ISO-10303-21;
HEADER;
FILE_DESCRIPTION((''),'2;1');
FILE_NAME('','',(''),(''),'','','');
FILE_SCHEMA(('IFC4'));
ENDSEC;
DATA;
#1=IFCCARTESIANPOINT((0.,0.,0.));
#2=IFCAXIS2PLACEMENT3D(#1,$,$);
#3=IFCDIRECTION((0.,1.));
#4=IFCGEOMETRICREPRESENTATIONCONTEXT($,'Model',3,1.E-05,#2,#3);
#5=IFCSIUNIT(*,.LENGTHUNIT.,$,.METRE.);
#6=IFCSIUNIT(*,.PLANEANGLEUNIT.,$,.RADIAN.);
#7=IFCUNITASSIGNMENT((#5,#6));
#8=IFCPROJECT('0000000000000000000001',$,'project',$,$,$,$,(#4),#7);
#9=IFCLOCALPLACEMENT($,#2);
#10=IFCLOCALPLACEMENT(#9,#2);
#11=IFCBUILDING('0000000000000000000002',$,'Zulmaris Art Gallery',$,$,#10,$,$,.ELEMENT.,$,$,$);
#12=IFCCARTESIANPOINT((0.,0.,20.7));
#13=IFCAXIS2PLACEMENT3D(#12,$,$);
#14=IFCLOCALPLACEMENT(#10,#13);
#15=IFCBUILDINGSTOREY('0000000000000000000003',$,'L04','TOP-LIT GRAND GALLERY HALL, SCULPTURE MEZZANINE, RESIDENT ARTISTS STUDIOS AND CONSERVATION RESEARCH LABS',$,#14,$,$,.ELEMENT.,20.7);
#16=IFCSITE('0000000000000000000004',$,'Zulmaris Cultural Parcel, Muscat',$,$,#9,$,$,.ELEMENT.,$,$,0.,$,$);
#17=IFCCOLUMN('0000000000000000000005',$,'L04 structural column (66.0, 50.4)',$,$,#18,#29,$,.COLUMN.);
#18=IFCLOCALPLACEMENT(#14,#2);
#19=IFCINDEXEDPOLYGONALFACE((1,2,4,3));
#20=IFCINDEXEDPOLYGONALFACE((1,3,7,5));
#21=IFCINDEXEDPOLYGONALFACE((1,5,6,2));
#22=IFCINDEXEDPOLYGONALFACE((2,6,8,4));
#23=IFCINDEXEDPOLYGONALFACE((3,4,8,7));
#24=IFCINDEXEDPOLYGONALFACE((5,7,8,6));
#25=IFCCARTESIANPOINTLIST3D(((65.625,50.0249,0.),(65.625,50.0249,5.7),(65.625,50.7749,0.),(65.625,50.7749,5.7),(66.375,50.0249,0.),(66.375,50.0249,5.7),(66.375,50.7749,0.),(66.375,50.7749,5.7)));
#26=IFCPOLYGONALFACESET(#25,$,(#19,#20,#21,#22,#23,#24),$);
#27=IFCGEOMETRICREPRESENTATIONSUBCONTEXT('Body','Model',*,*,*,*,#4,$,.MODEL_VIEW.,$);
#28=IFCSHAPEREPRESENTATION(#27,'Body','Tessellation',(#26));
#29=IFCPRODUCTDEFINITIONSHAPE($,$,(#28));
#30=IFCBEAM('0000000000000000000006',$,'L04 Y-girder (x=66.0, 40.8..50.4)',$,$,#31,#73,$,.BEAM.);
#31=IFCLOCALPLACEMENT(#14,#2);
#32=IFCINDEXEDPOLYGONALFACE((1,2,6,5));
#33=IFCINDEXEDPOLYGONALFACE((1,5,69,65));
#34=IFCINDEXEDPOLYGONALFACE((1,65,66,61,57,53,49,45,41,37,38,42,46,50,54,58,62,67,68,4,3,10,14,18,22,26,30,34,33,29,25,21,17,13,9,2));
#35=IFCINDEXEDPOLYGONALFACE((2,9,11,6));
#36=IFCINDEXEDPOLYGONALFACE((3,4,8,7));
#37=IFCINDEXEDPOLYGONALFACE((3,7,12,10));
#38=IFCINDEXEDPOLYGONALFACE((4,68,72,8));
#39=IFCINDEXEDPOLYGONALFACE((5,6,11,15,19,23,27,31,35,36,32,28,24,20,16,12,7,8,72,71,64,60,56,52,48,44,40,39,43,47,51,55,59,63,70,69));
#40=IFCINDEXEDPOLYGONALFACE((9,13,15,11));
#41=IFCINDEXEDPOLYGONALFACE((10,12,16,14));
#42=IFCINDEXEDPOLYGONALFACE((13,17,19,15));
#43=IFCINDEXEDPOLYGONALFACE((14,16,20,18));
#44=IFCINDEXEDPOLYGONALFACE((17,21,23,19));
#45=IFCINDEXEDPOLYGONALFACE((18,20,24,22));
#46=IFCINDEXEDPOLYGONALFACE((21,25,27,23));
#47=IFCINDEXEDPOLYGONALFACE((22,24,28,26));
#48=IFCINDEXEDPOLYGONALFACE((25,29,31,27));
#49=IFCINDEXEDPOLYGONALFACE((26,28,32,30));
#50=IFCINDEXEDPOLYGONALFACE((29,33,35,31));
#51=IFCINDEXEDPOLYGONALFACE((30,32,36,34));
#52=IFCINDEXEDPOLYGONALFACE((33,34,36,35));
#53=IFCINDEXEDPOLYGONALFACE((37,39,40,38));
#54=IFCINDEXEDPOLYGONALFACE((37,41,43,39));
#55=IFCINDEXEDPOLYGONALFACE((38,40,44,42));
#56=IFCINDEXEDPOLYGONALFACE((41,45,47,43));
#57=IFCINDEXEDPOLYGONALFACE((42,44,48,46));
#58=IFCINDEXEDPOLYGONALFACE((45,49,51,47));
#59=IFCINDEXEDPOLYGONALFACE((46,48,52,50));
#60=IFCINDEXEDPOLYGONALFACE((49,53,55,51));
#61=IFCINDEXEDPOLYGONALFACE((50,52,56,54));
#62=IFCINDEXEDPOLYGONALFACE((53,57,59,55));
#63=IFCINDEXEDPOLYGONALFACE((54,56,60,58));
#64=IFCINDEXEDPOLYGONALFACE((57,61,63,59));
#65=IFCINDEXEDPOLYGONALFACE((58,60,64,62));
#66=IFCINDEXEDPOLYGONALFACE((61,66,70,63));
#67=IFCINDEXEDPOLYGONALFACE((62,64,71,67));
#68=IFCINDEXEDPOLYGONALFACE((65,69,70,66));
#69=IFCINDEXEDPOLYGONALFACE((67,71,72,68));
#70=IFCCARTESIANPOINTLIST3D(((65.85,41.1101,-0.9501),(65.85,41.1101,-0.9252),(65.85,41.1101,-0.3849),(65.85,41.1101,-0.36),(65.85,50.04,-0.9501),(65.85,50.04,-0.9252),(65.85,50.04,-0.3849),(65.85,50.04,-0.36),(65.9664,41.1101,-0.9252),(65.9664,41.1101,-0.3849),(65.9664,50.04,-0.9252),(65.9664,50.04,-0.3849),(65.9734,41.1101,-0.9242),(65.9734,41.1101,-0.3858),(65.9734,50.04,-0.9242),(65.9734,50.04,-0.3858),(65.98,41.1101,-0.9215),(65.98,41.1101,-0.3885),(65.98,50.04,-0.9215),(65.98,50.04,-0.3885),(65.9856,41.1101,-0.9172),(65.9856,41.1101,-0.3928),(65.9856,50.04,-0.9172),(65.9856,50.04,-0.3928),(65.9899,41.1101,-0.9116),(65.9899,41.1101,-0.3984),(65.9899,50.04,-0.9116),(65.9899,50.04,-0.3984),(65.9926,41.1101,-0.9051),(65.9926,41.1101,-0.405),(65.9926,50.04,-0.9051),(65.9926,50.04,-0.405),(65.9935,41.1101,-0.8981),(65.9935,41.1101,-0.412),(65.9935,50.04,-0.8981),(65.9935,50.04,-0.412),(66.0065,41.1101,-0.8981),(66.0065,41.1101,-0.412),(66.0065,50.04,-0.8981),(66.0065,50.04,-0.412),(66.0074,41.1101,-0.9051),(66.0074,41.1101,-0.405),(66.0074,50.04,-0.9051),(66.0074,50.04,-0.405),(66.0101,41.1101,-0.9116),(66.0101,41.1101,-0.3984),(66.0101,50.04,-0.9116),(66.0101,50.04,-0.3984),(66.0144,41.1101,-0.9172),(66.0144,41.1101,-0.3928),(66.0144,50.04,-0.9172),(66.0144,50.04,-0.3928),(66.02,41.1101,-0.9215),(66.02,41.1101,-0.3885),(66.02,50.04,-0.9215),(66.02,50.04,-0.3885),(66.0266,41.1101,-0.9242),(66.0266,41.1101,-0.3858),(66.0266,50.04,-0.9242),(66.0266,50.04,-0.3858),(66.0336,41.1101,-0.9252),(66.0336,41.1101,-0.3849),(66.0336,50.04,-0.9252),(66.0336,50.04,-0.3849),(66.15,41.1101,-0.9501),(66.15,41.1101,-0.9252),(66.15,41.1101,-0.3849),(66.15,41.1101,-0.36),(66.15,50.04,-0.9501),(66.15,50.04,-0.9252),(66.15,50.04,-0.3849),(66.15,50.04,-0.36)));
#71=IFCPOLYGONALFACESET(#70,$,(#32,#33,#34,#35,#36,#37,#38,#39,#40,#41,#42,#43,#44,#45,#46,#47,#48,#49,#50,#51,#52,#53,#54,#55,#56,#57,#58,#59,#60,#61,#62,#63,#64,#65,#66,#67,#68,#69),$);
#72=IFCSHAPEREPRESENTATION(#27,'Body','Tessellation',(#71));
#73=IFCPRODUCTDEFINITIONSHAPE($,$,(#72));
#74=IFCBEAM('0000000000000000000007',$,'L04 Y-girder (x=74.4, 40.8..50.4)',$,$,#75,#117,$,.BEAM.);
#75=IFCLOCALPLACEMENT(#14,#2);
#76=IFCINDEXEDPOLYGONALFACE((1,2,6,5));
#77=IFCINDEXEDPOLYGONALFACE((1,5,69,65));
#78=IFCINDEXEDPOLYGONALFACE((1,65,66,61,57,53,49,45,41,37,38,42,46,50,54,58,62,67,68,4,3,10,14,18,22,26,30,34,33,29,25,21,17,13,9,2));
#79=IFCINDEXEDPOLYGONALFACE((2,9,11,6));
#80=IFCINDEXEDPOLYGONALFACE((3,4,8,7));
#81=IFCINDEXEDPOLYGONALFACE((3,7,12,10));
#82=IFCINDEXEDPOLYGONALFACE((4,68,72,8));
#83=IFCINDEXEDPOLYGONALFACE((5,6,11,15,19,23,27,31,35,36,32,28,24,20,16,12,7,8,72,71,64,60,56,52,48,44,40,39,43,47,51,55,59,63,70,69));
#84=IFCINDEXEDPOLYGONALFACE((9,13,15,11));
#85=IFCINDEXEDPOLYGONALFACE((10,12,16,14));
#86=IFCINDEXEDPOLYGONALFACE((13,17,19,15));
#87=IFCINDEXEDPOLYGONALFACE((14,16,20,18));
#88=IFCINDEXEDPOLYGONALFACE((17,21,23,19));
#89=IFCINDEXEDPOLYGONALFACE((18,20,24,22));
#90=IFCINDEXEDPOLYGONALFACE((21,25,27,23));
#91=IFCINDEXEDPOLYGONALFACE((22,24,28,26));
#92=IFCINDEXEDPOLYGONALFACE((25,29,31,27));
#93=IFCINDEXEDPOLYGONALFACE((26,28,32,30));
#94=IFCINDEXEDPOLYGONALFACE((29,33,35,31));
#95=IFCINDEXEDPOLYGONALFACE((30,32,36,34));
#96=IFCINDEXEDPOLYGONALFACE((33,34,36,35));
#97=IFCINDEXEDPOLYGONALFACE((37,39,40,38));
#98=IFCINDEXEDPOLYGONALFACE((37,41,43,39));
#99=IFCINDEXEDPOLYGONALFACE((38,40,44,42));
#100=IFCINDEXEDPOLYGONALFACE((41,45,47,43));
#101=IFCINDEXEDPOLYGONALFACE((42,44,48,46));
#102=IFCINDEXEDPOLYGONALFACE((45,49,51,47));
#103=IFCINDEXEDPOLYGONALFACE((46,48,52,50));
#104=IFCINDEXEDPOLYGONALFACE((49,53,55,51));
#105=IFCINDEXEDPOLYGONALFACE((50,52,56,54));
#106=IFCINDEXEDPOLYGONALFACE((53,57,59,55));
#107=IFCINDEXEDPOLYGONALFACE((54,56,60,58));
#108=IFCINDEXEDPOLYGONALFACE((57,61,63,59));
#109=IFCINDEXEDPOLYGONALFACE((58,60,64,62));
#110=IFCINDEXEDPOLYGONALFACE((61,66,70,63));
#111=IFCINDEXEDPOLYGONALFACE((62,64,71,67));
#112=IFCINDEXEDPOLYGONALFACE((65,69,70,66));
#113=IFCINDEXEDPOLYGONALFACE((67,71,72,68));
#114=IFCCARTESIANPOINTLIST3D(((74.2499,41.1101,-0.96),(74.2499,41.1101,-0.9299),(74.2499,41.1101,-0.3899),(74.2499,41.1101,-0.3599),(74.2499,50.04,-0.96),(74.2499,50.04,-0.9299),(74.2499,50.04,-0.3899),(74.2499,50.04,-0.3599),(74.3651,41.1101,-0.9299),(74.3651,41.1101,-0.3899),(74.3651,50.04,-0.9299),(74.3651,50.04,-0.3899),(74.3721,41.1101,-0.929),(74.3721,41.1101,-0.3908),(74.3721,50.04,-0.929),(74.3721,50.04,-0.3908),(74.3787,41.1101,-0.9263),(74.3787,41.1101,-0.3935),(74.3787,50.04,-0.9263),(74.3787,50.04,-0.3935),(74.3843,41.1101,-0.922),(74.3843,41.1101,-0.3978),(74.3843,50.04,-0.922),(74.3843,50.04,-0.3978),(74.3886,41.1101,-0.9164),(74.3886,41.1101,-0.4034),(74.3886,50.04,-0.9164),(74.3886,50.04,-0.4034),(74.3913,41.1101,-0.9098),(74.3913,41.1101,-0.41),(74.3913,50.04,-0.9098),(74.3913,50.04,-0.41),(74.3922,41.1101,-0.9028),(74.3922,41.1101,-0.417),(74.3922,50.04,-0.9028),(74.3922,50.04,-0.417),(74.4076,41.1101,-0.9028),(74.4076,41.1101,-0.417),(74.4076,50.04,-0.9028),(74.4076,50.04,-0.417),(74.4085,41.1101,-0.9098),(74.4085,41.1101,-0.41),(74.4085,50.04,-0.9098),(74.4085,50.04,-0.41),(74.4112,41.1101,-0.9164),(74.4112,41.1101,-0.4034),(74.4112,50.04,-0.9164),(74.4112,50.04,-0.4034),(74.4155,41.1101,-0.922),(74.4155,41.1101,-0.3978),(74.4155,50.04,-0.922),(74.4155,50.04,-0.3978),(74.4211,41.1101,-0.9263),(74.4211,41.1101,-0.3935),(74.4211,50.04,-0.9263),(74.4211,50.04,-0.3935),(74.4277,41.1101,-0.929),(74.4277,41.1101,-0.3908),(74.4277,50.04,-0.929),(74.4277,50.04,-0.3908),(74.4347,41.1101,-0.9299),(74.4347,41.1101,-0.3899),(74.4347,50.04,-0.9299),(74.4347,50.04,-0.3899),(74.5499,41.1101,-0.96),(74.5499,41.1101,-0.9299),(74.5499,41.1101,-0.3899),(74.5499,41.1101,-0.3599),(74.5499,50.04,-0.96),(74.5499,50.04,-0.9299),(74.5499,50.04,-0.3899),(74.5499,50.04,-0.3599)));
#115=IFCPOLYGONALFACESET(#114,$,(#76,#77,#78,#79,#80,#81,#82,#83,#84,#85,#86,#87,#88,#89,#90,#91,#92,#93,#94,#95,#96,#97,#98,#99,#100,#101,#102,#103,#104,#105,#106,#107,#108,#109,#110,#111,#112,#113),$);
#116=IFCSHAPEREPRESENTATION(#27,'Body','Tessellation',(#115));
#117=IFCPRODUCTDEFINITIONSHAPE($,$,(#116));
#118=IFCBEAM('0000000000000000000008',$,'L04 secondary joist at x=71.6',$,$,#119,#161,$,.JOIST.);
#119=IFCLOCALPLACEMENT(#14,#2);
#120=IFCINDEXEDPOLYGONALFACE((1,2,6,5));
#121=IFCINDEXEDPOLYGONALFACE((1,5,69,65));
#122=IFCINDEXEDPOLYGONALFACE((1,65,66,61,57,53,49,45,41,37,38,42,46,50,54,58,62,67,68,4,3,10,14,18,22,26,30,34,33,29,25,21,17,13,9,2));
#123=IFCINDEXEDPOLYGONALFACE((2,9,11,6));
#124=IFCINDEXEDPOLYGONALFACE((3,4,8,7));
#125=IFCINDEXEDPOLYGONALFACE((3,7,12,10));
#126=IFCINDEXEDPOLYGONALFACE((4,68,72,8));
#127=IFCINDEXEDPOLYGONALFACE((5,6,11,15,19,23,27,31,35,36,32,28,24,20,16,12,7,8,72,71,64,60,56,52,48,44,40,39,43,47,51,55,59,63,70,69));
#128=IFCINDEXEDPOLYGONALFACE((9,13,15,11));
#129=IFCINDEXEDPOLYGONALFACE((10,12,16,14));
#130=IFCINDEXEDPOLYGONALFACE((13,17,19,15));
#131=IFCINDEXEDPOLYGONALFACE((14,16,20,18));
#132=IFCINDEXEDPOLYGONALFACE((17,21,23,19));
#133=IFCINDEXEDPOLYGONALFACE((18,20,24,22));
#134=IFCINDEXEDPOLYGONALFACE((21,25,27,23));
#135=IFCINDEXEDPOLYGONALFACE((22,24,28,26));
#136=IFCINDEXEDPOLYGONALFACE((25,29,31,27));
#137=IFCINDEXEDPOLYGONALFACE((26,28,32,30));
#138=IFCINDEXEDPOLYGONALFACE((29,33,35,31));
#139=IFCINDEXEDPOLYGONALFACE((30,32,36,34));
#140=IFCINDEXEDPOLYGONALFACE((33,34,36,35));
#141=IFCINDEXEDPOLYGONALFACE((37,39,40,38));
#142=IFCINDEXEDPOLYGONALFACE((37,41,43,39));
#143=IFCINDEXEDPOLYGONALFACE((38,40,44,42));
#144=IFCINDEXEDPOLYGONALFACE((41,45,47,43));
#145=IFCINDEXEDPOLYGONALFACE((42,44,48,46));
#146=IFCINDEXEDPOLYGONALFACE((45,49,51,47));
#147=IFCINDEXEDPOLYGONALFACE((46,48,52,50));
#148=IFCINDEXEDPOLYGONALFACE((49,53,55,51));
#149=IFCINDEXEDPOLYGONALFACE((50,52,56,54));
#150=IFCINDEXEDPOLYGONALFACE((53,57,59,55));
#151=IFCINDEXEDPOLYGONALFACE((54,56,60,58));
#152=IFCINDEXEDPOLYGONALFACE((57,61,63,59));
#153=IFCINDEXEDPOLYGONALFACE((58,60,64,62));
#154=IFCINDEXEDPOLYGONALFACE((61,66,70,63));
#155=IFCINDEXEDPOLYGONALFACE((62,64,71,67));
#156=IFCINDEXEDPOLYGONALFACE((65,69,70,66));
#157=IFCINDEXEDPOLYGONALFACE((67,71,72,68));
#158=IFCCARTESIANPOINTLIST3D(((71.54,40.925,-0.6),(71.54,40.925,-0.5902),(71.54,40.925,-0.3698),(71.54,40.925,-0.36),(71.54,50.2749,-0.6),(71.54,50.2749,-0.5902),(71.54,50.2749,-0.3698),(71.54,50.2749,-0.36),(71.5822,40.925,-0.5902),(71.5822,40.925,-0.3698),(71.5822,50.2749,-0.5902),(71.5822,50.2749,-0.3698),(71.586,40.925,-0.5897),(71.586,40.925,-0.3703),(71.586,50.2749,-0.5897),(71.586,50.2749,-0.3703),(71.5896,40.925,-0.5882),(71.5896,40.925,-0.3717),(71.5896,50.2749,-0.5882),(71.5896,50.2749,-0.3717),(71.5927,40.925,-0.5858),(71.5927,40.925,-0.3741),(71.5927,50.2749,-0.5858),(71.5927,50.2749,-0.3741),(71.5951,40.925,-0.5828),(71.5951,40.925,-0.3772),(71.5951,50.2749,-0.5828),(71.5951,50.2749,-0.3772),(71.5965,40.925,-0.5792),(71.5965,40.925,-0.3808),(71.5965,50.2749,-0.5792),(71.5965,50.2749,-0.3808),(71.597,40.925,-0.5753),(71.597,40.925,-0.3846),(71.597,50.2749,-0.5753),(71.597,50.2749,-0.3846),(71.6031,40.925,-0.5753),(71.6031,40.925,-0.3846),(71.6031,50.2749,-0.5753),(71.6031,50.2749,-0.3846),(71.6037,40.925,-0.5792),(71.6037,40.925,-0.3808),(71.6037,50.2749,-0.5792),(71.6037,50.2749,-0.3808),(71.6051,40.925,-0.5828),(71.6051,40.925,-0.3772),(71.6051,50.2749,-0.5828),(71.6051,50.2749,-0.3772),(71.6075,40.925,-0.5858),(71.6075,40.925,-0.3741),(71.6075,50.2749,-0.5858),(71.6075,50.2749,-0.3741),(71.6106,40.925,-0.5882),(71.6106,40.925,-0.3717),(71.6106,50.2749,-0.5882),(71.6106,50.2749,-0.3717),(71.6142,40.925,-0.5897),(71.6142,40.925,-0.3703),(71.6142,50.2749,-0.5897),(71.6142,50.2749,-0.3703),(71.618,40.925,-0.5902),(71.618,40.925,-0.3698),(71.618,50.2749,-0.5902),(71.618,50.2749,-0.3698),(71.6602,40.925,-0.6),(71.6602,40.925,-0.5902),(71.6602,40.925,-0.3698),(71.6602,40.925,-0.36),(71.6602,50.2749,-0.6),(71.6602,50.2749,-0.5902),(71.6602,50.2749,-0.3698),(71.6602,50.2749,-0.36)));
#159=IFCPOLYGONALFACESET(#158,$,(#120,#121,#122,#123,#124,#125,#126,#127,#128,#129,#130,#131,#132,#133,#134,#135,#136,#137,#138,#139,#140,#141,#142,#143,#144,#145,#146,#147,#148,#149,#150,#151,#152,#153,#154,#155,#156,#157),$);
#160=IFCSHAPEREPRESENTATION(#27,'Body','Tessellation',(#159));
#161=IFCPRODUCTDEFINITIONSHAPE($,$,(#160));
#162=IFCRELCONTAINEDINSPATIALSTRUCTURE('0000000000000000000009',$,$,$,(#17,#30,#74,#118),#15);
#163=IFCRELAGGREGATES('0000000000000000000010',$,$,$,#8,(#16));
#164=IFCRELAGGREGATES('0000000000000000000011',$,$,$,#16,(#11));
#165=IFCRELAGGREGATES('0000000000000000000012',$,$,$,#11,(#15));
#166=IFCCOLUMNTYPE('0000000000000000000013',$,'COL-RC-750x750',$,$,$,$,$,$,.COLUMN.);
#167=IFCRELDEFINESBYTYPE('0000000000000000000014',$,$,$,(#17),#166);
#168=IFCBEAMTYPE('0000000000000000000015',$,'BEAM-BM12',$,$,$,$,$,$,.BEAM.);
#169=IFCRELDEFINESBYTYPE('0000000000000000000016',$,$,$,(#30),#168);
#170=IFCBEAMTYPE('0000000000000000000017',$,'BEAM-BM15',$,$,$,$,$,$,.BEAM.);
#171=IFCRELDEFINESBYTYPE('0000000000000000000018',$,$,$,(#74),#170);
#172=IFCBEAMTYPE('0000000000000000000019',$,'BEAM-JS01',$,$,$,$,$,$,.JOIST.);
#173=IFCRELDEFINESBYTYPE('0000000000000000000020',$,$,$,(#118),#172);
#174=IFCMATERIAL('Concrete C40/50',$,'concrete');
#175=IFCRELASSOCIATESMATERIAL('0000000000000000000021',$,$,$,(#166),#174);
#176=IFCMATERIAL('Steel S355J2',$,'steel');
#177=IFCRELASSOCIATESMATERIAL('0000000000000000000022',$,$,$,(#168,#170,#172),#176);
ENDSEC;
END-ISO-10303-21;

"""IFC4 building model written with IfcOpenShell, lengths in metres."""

from ifc_helpers import new_model, si_unit, direction, frame, origin, origin_2d, place, context, subcontext, project, spatial, rectangle, i_section, extrude, material, material_profile, profile_set, type_object, element, save


model = new_model("IFC4")

# Units and contexts
model_context = context("Model", 3, precision=1e-05, world=origin(), true_north=direction((0.0, 1.0)))
body_context = subcontext(model_context, "Body", "Model", "MODEL_VIEW")
ifc_project = project(units=[si_unit("LENGTHUNIT", "METRE"), si_unit("PLANEANGLEUNIT", "RADIAN")], contexts=[model_context])

# Site, building, storey
site_placement = place(None, origin())
site = spatial("IfcSite", under=ifc_project, at=site_placement, Name="Zulmaris Cultural Parcel, Muscat", CompositionType="ELEMENT", RefElevation=0.0)
building_placement = place(site_placement, origin())
building = spatial("IfcBuilding", under=site, at=building_placement, Name="Zulmaris Art Gallery", CompositionType="ELEMENT")
storey_placement = place(building_placement, frame((0.0, 0.0, 20.7)))
storey = spatial("IfcBuildingStorey", under=building, at=storey_placement, Name="L04", Description="TOP-LIT GRAND GALLERY HALL, SCULPTURE MEZZANINE, RESIDENT ARTISTS STUDIOS AND CONSERVATION RESEARCH LABS", CompositionType="ELEMENT", Elevation=20.7)

# Column
ifc_material_1 = material(Name="Concrete C40/50", Category="concrete")
ifc_material_profile_1 = material_profile(ifc_material_1, rectangle(XDim=0.75, YDim=0.75, at=origin_2d()), Name="RC 750x750")
ifc_profile_set_1 = profile_set([ifc_material_profile_1], Name="Concrete C40/50")
column_type = type_object("IfcColumnType", Name="COL-RC-750x750", PredefinedType="COLUMN", material=ifc_profile_set_1)
column_placement = place(storey_placement, frame((66.0, 50.3999, 0.0), z_axis=(0.0, 0.0, 1.0), x_axis=(1.0, 0.0, 0.0)))
element("IfcColumn", 1, at=column_placement, inside=storey, type_object=column_type, Name="L04 structural column (66.0, 50.4)", PredefinedType="COLUMN", context=body_context, shape_type="SweptSolid", body=[
    extrude(rectangle(XDim=0.75, YDim=0.75, at=origin_2d()), origin(), (0.0, 0.0, 1.0), 5.7),
])

# Beams
ifc_material_2 = material(Name="Steel S355J2", Category="steel")
ifc_material_profile_2 = material_profile(ifc_material_2, i_section(OverallWidth=0.3, OverallDepth=0.5901, WebThickness=0.0129, FlangeThickness=0.0249, FilletRadius=0.0271, at=origin_2d()), Name="HEA 600")
ifc_profile_set_2 = profile_set([ifc_material_profile_2], Name="Steel S355J2")
beam_type_1 = type_object("IfcBeamType", Name="BEAM-BM12", PredefinedType="BEAM", material=ifc_profile_set_2)
beam_1_placement = place(storey_placement, frame((66.0, 41.1101, -0.655), z_axis=(0.0, 1.0, 0.0), x_axis=(-1.0, 0.0, 0.0)))
element("IfcBeam", 2, at=beam_1_placement, inside=storey, type_object=beam_type_1, Name="L04 Y-girder (x=66.0, 40.8..50.4)", PredefinedType="BEAM", context=body_context, shape_type="SweptSolid", body=[
    extrude(i_section(OverallWidth=0.3, OverallDepth=0.5901, WebThickness=0.0129, FlangeThickness=0.0249, FilletRadius=0.0271, at=origin_2d()), origin(), (0.0, 0.0, 1.0), 8.9299),
])
ifc_material_profile_3 = material_profile(ifc_material_2, i_section(OverallWidth=0.3, OverallDepth=0.6001, WebThickness=0.0154, FlangeThickness=0.03, FilletRadius=0.0271, at=origin_2d()), Name="HEB 600")
ifc_profile_set_3 = profile_set([ifc_material_profile_3], Name="Steel S355J2")
beam_type_2 = type_object("IfcBeamType", Name="BEAM-BM15", PredefinedType="BEAM", material=ifc_profile_set_3)
beam_2_placement = place(storey_placement, frame((74.3999, 41.1101, -0.6599), z_axis=(0.0, 1.0, 0.0), x_axis=(-1.0, 0.0, 0.0)))
element("IfcBeam", 3, at=beam_2_placement, inside=storey, type_object=beam_type_2, Name="L04 Y-girder (x=74.4, 40.8..50.4)", PredefinedType="BEAM", context=body_context, shape_type="SweptSolid", body=[
    extrude(i_section(OverallWidth=0.3, OverallDepth=0.6001, WebThickness=0.0154, FlangeThickness=0.03, FilletRadius=0.0271, at=origin_2d()), origin(), (0.0, 0.0, 1.0), 8.9299),
])
ifc_material_profile_4 = material_profile(ifc_material_2, i_section(OverallWidth=0.1201, OverallDepth=0.24, WebThickness=0.0061, FlangeThickness=0.0098, FilletRadius=0.0149, at=origin_2d()), Name="IPE 240")
ifc_profile_set_4 = profile_set([ifc_material_profile_4], Name="Steel S355J2")
beam_type_3 = type_object("IfcBeamType", Name="BEAM-JS01", PredefinedType="JOIST", material=ifc_profile_set_4)
for number, where, z_axis, x_axis, name in (
    (4, (71.6001, 40.925, -0.48), (0.0, 1.0, 0.0), (-1.0, 0.0, 0.0), "L04 secondary joist at x=71.6"),
):
    element("IfcBeam", number, at=place(storey_placement, frame(where, z_axis=z_axis, x_axis=x_axis)), inside=storey, type_object=beam_type_3, Name=name, PredefinedType="JOIST", context=body_context, shape_type="SweptSolid", body=[
        extrude(i_section(OverallWidth=0.1201, OverallDepth=0.24, WebThickness=0.0061, FlangeThickness=0.0098, FilletRadius=0.0149, at=origin_2d()), origin(), (0.0, 0.0, 1.0), 9.3499),
    ])

save(model, "model.ifc")
